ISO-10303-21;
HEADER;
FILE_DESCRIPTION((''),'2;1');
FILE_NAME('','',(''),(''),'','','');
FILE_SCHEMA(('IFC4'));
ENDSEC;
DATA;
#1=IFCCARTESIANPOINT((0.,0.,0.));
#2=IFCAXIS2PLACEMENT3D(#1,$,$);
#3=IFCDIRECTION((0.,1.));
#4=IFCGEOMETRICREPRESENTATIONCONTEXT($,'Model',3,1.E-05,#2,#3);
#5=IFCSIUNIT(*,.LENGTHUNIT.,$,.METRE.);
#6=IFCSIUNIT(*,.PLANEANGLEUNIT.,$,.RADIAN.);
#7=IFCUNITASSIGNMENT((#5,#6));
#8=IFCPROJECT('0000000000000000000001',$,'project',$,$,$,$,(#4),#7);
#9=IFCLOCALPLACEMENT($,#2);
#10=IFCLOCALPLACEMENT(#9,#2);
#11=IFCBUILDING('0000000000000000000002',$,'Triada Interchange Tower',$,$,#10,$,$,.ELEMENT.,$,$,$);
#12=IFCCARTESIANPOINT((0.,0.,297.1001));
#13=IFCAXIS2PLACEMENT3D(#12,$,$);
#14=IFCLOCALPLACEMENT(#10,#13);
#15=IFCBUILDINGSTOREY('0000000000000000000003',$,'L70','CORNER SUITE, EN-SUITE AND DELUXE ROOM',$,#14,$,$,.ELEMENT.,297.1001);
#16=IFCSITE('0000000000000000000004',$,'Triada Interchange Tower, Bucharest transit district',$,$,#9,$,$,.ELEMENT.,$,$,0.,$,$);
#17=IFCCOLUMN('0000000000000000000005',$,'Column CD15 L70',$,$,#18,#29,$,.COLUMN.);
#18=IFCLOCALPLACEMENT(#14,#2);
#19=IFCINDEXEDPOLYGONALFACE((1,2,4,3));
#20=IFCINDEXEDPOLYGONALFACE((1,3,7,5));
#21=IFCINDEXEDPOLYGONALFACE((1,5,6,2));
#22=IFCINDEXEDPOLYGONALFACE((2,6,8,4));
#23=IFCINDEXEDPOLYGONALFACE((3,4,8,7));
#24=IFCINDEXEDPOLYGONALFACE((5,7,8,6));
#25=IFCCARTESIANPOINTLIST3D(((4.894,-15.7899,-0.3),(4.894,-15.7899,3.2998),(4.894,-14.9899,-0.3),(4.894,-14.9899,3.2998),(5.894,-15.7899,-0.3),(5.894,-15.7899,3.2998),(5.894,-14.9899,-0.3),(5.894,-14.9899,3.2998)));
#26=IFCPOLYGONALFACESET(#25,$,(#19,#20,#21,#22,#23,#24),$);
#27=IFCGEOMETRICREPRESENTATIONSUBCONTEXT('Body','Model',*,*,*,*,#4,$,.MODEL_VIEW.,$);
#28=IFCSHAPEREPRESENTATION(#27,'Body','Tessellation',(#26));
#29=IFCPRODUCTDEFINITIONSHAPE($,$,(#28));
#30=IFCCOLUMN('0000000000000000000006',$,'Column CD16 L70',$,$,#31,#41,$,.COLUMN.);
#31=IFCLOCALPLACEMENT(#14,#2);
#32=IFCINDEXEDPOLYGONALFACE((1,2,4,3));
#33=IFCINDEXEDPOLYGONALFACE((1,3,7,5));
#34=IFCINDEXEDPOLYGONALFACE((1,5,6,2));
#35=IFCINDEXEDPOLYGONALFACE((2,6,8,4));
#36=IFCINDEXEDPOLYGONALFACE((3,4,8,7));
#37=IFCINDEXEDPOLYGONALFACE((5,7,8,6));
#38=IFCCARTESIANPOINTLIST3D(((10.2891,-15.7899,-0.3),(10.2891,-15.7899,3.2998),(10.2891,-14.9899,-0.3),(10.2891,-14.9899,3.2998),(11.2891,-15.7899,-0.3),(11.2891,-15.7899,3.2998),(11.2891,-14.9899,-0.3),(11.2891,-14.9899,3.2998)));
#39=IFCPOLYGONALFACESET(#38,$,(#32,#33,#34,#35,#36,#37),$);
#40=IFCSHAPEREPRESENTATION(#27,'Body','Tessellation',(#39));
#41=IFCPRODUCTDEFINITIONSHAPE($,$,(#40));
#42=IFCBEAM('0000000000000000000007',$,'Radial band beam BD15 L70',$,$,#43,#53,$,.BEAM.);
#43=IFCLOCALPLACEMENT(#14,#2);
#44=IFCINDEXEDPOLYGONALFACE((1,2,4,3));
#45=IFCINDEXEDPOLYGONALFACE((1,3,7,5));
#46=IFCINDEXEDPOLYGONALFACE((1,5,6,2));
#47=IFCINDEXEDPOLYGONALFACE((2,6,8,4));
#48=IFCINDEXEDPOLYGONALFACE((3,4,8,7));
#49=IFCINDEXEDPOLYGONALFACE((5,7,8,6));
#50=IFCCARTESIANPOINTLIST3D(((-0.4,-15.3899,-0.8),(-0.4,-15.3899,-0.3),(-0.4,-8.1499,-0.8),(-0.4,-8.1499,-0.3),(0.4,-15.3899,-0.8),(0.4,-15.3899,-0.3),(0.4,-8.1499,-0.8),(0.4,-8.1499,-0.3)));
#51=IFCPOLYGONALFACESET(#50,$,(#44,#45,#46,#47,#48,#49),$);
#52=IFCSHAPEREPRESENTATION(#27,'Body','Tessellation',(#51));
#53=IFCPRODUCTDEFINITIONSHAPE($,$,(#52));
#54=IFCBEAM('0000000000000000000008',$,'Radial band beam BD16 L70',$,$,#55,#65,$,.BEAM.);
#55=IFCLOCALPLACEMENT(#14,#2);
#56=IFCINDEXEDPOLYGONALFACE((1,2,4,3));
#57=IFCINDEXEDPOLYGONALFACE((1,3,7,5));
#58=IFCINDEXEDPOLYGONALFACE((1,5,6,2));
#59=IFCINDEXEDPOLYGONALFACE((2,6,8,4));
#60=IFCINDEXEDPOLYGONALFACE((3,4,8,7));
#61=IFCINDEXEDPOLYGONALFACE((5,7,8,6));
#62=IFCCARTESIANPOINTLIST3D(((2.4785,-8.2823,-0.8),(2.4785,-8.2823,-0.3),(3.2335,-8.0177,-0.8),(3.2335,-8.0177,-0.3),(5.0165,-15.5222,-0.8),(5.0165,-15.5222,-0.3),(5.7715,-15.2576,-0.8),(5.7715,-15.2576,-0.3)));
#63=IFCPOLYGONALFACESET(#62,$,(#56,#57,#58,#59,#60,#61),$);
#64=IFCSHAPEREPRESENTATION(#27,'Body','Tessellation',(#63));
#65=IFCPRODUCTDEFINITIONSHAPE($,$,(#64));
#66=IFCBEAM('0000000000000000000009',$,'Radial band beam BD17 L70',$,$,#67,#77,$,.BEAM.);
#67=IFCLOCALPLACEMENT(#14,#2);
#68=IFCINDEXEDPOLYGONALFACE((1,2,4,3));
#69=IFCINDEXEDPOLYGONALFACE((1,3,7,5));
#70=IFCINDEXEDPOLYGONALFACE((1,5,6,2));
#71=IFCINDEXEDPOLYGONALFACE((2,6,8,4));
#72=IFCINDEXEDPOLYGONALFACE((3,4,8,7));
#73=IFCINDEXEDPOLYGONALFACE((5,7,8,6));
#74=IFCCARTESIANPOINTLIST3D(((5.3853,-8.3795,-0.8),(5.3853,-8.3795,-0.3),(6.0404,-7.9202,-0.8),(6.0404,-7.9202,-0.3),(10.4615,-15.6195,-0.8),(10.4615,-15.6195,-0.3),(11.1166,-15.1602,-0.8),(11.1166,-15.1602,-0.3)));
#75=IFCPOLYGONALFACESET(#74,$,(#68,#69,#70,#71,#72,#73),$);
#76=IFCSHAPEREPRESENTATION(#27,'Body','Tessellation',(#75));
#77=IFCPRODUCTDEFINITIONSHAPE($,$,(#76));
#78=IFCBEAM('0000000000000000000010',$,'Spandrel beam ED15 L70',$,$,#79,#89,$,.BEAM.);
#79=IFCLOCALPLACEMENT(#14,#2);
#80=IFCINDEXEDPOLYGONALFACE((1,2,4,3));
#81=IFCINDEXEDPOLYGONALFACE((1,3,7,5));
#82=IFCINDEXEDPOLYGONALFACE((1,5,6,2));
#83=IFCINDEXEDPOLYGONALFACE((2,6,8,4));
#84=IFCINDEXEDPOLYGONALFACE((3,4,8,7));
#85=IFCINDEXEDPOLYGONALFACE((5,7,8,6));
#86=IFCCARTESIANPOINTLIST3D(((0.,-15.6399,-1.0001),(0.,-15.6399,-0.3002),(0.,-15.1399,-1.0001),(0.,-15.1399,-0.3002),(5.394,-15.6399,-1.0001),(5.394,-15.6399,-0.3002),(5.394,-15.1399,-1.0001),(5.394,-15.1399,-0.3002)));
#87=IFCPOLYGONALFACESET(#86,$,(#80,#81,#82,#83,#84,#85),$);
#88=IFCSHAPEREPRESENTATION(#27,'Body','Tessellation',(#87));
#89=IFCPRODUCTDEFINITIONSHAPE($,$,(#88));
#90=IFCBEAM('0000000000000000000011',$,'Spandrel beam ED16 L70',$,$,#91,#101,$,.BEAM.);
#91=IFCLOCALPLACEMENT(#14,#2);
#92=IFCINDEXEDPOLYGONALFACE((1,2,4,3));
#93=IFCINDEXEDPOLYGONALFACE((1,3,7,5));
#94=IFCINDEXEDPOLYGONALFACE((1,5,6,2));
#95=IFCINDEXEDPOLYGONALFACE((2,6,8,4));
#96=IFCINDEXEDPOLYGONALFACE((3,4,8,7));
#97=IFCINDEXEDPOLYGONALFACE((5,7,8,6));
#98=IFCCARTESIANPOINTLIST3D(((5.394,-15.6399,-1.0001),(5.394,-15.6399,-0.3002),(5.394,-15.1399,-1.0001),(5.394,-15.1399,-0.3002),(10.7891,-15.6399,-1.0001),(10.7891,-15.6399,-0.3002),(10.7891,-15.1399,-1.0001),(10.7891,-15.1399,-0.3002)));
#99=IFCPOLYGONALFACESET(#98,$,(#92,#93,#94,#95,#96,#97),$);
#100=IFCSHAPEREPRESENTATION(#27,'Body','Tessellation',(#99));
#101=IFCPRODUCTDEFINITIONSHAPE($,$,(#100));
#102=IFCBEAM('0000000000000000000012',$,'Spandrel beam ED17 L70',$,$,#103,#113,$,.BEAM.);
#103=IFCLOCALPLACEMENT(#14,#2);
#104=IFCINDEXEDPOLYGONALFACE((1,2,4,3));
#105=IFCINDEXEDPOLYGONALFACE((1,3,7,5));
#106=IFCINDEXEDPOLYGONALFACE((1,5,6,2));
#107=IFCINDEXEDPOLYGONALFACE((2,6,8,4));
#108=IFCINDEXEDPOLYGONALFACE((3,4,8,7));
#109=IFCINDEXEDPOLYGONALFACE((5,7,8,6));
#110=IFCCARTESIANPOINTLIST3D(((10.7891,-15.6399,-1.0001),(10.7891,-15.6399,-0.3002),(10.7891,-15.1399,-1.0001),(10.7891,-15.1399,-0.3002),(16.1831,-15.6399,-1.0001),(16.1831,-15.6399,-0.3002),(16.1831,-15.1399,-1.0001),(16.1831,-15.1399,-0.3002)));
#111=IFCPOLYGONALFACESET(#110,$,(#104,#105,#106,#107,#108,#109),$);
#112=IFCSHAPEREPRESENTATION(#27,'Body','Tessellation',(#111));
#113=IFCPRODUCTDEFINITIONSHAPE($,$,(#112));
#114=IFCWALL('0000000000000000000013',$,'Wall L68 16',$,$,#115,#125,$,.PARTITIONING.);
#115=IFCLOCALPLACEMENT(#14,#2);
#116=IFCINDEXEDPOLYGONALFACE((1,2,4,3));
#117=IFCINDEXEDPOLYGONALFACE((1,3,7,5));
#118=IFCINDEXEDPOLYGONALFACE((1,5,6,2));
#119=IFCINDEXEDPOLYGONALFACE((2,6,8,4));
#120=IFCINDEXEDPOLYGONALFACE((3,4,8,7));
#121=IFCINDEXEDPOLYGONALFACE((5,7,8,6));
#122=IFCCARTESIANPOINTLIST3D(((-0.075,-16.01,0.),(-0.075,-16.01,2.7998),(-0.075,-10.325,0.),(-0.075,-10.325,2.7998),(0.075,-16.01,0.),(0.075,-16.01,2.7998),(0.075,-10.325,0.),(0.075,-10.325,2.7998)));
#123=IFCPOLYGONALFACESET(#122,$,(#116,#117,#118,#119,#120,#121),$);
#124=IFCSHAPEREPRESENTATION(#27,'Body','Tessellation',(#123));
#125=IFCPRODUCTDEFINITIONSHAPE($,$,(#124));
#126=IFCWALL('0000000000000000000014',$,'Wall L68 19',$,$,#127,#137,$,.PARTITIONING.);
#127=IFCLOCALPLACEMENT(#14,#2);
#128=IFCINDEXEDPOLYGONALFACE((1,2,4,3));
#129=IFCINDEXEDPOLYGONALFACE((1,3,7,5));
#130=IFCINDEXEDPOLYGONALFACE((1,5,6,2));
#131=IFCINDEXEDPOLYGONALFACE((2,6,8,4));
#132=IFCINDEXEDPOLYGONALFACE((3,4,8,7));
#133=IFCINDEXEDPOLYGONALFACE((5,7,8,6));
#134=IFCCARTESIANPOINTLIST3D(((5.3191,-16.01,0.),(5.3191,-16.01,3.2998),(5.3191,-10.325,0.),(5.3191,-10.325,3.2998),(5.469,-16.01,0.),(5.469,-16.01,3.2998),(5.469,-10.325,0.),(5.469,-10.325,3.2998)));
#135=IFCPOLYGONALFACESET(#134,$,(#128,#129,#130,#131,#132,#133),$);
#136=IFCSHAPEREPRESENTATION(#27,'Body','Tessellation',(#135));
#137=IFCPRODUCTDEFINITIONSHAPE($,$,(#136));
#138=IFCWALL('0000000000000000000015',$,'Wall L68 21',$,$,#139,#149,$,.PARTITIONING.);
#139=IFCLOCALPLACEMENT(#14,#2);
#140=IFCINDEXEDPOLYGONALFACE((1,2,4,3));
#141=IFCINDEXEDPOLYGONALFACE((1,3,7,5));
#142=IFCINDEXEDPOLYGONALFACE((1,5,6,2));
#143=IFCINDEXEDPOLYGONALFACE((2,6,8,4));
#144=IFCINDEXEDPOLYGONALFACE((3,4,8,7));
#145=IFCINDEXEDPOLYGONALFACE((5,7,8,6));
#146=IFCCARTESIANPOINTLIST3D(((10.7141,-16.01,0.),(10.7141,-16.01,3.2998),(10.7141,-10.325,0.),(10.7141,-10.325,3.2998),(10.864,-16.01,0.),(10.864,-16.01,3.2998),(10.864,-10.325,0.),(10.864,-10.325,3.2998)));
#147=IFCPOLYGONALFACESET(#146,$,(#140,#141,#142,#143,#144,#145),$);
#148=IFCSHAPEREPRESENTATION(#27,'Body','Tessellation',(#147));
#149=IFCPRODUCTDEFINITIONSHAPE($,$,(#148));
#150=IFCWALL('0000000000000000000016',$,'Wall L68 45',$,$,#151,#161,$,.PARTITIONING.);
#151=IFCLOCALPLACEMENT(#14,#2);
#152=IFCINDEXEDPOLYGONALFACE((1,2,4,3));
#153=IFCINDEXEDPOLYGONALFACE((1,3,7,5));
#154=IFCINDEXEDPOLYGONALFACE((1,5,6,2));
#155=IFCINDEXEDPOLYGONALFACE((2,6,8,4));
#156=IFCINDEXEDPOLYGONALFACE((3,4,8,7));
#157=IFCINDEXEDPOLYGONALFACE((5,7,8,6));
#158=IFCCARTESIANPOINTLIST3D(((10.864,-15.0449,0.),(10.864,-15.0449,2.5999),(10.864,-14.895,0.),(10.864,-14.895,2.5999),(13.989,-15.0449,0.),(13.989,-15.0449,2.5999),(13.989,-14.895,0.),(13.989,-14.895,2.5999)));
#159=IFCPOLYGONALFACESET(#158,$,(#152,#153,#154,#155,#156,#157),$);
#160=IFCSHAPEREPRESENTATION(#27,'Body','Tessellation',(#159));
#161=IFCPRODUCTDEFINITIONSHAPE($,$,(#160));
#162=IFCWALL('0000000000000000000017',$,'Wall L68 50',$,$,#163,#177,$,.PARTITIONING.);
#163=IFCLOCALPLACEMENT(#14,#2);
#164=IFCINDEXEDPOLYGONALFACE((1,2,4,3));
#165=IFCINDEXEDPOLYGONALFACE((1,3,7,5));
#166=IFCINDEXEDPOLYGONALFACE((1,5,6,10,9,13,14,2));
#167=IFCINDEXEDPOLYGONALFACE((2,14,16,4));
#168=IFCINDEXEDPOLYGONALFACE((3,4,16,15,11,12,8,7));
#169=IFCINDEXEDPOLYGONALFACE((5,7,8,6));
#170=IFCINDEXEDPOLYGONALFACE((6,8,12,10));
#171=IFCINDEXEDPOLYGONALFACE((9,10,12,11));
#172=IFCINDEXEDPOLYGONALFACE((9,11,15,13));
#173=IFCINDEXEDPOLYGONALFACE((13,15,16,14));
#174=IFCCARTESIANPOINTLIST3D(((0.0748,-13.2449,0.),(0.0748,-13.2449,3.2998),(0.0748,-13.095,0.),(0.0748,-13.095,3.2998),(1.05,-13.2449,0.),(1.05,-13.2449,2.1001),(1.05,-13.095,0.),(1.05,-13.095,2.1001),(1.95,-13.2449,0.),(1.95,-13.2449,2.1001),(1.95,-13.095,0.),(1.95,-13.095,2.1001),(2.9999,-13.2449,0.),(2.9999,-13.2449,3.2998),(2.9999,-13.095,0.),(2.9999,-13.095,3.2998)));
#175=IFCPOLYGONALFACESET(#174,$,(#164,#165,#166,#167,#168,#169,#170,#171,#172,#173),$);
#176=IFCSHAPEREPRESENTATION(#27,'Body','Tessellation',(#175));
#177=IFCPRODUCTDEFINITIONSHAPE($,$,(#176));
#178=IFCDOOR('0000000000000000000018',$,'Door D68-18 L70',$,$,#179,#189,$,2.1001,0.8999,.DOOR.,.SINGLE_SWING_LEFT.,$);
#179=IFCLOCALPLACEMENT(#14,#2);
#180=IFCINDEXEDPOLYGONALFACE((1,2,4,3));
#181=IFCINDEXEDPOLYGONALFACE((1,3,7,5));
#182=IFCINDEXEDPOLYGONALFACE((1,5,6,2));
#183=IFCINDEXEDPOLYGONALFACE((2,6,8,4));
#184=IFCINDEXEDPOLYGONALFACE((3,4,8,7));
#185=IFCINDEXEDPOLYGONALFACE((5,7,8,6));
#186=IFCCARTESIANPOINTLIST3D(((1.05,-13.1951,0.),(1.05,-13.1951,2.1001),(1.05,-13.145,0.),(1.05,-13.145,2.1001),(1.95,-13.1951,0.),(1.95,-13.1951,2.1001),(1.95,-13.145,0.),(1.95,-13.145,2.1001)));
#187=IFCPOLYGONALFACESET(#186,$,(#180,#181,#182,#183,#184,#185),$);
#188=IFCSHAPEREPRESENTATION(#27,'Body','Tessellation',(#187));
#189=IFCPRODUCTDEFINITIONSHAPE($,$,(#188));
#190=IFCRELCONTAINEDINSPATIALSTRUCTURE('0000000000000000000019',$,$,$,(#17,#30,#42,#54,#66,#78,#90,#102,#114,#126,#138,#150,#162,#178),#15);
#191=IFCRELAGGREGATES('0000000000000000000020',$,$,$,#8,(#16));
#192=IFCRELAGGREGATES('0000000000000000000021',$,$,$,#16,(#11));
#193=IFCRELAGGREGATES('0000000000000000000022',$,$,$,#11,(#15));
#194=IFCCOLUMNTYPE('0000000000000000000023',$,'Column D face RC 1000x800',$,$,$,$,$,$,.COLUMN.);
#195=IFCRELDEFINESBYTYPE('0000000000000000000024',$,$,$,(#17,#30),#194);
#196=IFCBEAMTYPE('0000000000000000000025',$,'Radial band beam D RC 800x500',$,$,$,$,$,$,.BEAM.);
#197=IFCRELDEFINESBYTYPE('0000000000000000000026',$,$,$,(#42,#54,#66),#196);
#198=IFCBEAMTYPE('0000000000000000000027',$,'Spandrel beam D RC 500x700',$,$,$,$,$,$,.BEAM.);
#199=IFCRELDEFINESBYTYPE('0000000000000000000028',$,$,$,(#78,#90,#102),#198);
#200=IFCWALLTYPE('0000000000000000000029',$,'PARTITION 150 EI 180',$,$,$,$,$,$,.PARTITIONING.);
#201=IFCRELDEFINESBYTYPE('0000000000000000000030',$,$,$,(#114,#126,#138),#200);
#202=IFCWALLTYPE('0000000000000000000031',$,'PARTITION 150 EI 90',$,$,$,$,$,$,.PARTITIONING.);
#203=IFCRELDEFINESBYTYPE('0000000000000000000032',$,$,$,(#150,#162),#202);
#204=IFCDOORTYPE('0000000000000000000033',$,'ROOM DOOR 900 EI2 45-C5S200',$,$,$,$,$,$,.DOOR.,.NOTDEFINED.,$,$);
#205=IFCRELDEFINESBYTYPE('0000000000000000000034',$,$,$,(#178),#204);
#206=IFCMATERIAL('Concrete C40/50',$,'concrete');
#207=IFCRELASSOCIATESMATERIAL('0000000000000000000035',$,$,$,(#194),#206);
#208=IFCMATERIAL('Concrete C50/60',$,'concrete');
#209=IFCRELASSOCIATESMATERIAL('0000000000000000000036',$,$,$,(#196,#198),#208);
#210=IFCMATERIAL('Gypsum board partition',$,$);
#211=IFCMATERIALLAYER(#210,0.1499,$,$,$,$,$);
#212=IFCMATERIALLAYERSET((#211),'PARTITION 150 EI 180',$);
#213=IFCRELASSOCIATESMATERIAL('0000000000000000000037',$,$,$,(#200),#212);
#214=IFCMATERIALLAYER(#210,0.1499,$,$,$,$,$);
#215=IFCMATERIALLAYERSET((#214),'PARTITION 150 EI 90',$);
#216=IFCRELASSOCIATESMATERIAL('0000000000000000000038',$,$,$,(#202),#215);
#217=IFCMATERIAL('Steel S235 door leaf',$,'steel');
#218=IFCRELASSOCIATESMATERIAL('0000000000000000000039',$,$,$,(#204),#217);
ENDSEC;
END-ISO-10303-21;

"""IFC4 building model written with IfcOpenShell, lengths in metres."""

from ifc_helpers import new_model, si_unit, direction, frame, frame_2d, origin, origin_2d, place, context, subcontext, project, spatial, rectangle, extrude, material, layer, layer_set, material_profile, profile_set, type_object, element, fill, save


model = new_model("IFC4")

# Units and contexts
model_context = context("Model", 3, precision=1e-05, world=origin(), true_north=direction((0.0, 1.0)))
body_context = subcontext(model_context, "Body", "Model", "MODEL_VIEW")
ifc_project = project(units=[si_unit("LENGTHUNIT", "METRE"), si_unit("PLANEANGLEUNIT", "RADIAN")], contexts=[model_context])

# Site, building, storey
site_placement = place(None, origin())
site = spatial("IfcSite", under=ifc_project, at=site_placement, Name="Triada Interchange Tower, Bucharest transit district", CompositionType="ELEMENT", RefElevation=0.0)
building_placement = place(site_placement, origin())
building = spatial("IfcBuilding", under=site, at=building_placement, Name="Triada Interchange Tower", CompositionType="ELEMENT")
storey_placement = place(building_placement, frame((0.0, 0.0, 297.1001)))
storey = spatial("IfcBuildingStorey", under=building, at=storey_placement, Name="L70", Description="CORNER SUITE, EN-SUITE AND DELUXE ROOM", CompositionType="ELEMENT", Elevation=297.1001)

# Columns
ifc_material_1 = material(Name="Concrete C40/50", Category="concrete")
ifc_material_profile_1 = material_profile(ifc_material_1, rectangle(XDim=1.0, YDim=0.8, at=origin_2d()), Name="RC 1000x800")
ifc_profile_set_1 = profile_set([ifc_material_profile_1], Name="Concrete C40/50")
column_type = type_object("IfcColumnType", Name="Column D face RC 1000x800", PredefinedType="COLUMN", material=ifc_profile_set_1)
for number, where, z_axis, x_axis, name in (
    (1, (5.394, -15.3899, -0.3), (0.0, 0.0, 1.0), (1.0, 0.0, 0.0), "Column CD15 L70"),
    (2, (10.7891, -15.3899, -0.3), (0.0, 0.0, 1.0), (1.0, 0.0, 0.0), "Column CD16 L70"),
):
    element("IfcColumn", number, at=place(storey_placement, frame(where, z_axis=z_axis, x_axis=x_axis)), inside=storey, type_object=column_type, Name=name, PredefinedType="COLUMN", context=body_context, shape_type="SweptSolid", body=[
        extrude(rectangle(XDim=1.0, YDim=0.8, at=origin_2d()), origin(), (0.0, 0.0, 1.0), 3.5999),
    ])

# Beams
ifc_material_2 = material(Name="Concrete C50/60", Category="concrete")
ifc_material_profile_2 = material_profile(ifc_material_2, rectangle(XDim=0.8, YDim=0.5, at=origin_2d()), Name="RC 800x500")
ifc_profile_set_2 = profile_set([ifc_material_profile_2], Name="Concrete C50/60")
beam_type_1 = type_object("IfcBeamType", Name="Radial band beam D RC 800x500", PredefinedType="BEAM", material=ifc_profile_set_2)
beam_1_placement = place(storey_placement, frame((0.0, -15.3899, -0.55), z_axis=(0.0, 1.0, 0.0), x_axis=(-1.0, 0.0, 0.0)))
element("IfcBeam", 3, at=beam_1_placement, inside=storey, type_object=beam_type_1, Name="Radial band beam BD15 L70", PredefinedType="BEAM", context=body_context, shape_type="SweptSolid", body=[
    extrude(rectangle(XDim=0.8, YDim=0.5, at=origin_2d()), origin(), (0.0, 0.0, 1.0), 7.24),
])
beam_2_placement = place(storey_placement, frame((5.394, -15.3899, -0.55), z_axis=(-0.330825, 0.943692, 0.0), x_axis=(-0.943692, -0.330825, 0.0)))
element("IfcBeam", 4, at=beam_2_placement, inside=storey, type_object=beam_type_1, Name="Radial band beam BD16 L70", PredefinedType="BEAM", context=body_context, shape_type="SweptSolid", body=[
    extrude(rectangle(XDim=0.8, YDim=0.5, at=origin_2d()), origin(), (0.0, 0.0, 1.0), 7.6719),
])
beam_3_placement = place(storey_placement, frame((10.7891, -15.3899, -0.55), z_axis=(-0.574083, 0.818797, 0.0), x_axis=(-0.818797, -0.574083, 0.0)))
element("IfcBeam", 5, at=beam_3_placement, inside=storey, type_object=beam_type_1, Name="Radial band beam BD17 L70", PredefinedType="BEAM", context=body_context, shape_type="SweptSolid", body=[
    extrude(rectangle(XDim=0.8, YDim=0.5, at=origin_2d()), origin(), (0.0, 0.0, 1.0), 8.8423),
])
ifc_material_profile_3 = material_profile(ifc_material_2, rectangle(XDim=0.5, YDim=0.7, at=origin_2d()), Name="RC 500x700")
ifc_profile_set_3 = profile_set([ifc_material_profile_3], Name="Concrete C50/60")
beam_type_2 = type_object("IfcBeamType", Name="Spandrel beam D RC 500x700", PredefinedType="BEAM", material=ifc_profile_set_3)
beam_4_placement = place(storey_placement, frame((0.0, -15.3899, -0.6501), z_axis=(1.0, 0.0, 0.0), x_axis=(0.0, 1.0, 0.0)))
element("IfcBeam", 6, at=beam_4_placement, inside=storey, type_object=beam_type_2, Name="Spandrel beam ED15 L70", PredefinedType="BEAM", context=body_context, shape_type="SweptSolid", body=[
    extrude(rectangle(XDim=0.5, YDim=0.7, at=origin_2d()), origin(), (0.0, 0.0, 1.0), 5.394),
])
beam_5_placement = place(storey_placement, frame((5.394, -15.3899, -0.6501), z_axis=(1.0, 0.0, 0.0), x_axis=(0.0, 1.0, 0.0)))
element("IfcBeam", 7, at=beam_5_placement, inside=storey, type_object=beam_type_2, Name="Spandrel beam ED16 L70", PredefinedType="BEAM", context=body_context, shape_type="SweptSolid", body=[
    extrude(rectangle(XDim=0.5, YDim=0.7, at=origin_2d()), origin(), (0.0, 0.0, 1.0), 5.395),
])
beam_6_placement = place(storey_placement, frame((10.7891, -15.3899, -0.6501), z_axis=(1.0, 0.0, 0.0), x_axis=(0.0, 1.0, 0.0)))
element("IfcBeam", 8, at=beam_6_placement, inside=storey, type_object=beam_type_2, Name="Spandrel beam ED17 L70", PredefinedType="BEAM", context=body_context, shape_type="SweptSolid", body=[
    extrude(rectangle(XDim=0.5, YDim=0.7, at=origin_2d()), origin(), (0.0, 0.0, 1.0), 5.394),
])

# Walls
ifc_material_3 = material(Name="Gypsum board partition")
ifc_layer_1 = layer(ifc_material_3, 0.1499)
ifc_layer_set_1 = layer_set([ifc_layer_1], Name="PARTITION 150 EI 180")
wall_type_1 = type_object("IfcWallType", Name="PARTITION 150 EI 180", PredefinedType="PARTITIONING", material=ifc_layer_set_1)
wall_1_placement = place(storey_placement, frame((0.0, -16.01, 0.0), z_axis=(0.0, 0.0, 1.0), x_axis=(0.0, 1.0, 0.0)))
element("IfcWall", 9, at=wall_1_placement, inside=storey, type_object=wall_type_1, Name="Wall L68 16", PredefinedType="PARTITIONING", context=body_context, shape_type="SweptSolid", body=[
    extrude(rectangle(XDim=5.6851, YDim=0.1499, at=frame_2d((2.8425, 0.0))), origin(), (0.0, 0.0, 1.0), 2.7998),
])
for number, where, z_axis, x_axis, name in (
    (10, (5.394, -16.01, 0.0), (0.0, 0.0, 1.0), (0.0, 1.0, 0.0), "Wall L68 19"),
    (11, (10.7891, -16.01, 0.0), (0.0, 0.0, 1.0), (0.0, 1.0, 0.0), "Wall L68 21"),
):
    element("IfcWall", number, at=place(storey_placement, frame(where, z_axis=z_axis, x_axis=x_axis)), inside=storey, type_object=wall_type_1, Name=name, PredefinedType="PARTITIONING", context=body_context, shape_type="SweptSolid", body=[
        extrude(rectangle(XDim=5.6851, YDim=0.1499, at=frame_2d((2.8425, 0.0))), origin(), (0.0, 0.0, 1.0), 3.2998),
    ])
ifc_layer_2 = layer(ifc_material_3, 0.1499)
ifc_layer_set_2 = layer_set([ifc_layer_2], Name="PARTITION 150 EI 90")
wall_type_2 = type_object("IfcWallType", Name="PARTITION 150 EI 90", PredefinedType="PARTITIONING", material=ifc_layer_set_2)
wall_2_placement = place(storey_placement, frame((10.864, -14.97, 0.0), z_axis=(0.0, 0.0, 1.0), x_axis=(1.0, 0.0, 0.0)))
element("IfcWall", 12, at=wall_2_placement, inside=storey, type_object=wall_type_2, Name="Wall L68 45", PredefinedType="PARTITIONING", context=body_context, shape_type="SweptSolid", body=[
    extrude(rectangle(XDim=3.125, YDim=0.1499, at=frame_2d((1.5625, 0.0))), origin(), (0.0, 0.0, 1.0), 2.5999),
])

# Wall, opening, door
wall_3_placement = place(storey_placement, frame((0.075, -13.1699, 0.0), z_axis=(0.0, 0.0, 1.0), x_axis=(1.0, 0.0, 0.0)))
wall_3 = element("IfcWall", 13, at=wall_3_placement, inside=storey, type_object=wall_type_2, Name="Wall L68 50", PredefinedType="PARTITIONING", context=body_context, shape_type="SweptSolid", body=[
    extrude(rectangle(XDim=2.925, YDim=0.1499, at=frame_2d((1.4624, 0.0))), origin(), (0.0, 0.0, 1.0), 3.2998),
])
opening_placement = place(wall_3_placement, frame((0.9751, 0.0, 0.0)))
opening = element("IfcOpeningElement", 14, at=opening_placement, cuts=wall_3, PredefinedType="OPENING", context=body_context, shape_type="SweptSolid", body=[
    extrude(rectangle(XDim=0.8999, YDim=2.1001, at=frame_2d((0.45, 1.05))), frame((0.0, 0.085, 0.0), z_axis=(0.0, -1.0, 0.0), x_axis=(1.0, 0.0, 0.0)), (0.0, 0.0, 1.0), 0.1699),
])
ifc_material_4 = material(Name="Steel S235 door leaf", Category="steel")
door_type = type_object("IfcDoorType", Name="ROOM DOOR 900 EI2 45-C5S200", OperationType="NOTDEFINED", PredefinedType="DOOR", material=ifc_material_4)
door_placement = place(opening_placement, origin())
door = element("IfcDoor", 15, at=door_placement, inside=storey, type_object=door_type, Name="Door D68-18 L70", OperationType="SINGLE_SWING_LEFT", OverallHeight=2.1001, OverallWidth=0.8999, PredefinedType="DOOR", context=body_context, shape_type="SweptSolid", body=[
    extrude(rectangle(XDim=0.8999, YDim=2.1001, at=frame_2d((0.45, 1.05))), frame((0.0, 0.0249, 0.0), z_axis=(0.0, -1.0, 0.0), x_axis=(1.0, 0.0, 0.0)), (0.0, 0.0, 1.0), 0.05),
])
fill(opening, door)

save(model, "model.ifc")
